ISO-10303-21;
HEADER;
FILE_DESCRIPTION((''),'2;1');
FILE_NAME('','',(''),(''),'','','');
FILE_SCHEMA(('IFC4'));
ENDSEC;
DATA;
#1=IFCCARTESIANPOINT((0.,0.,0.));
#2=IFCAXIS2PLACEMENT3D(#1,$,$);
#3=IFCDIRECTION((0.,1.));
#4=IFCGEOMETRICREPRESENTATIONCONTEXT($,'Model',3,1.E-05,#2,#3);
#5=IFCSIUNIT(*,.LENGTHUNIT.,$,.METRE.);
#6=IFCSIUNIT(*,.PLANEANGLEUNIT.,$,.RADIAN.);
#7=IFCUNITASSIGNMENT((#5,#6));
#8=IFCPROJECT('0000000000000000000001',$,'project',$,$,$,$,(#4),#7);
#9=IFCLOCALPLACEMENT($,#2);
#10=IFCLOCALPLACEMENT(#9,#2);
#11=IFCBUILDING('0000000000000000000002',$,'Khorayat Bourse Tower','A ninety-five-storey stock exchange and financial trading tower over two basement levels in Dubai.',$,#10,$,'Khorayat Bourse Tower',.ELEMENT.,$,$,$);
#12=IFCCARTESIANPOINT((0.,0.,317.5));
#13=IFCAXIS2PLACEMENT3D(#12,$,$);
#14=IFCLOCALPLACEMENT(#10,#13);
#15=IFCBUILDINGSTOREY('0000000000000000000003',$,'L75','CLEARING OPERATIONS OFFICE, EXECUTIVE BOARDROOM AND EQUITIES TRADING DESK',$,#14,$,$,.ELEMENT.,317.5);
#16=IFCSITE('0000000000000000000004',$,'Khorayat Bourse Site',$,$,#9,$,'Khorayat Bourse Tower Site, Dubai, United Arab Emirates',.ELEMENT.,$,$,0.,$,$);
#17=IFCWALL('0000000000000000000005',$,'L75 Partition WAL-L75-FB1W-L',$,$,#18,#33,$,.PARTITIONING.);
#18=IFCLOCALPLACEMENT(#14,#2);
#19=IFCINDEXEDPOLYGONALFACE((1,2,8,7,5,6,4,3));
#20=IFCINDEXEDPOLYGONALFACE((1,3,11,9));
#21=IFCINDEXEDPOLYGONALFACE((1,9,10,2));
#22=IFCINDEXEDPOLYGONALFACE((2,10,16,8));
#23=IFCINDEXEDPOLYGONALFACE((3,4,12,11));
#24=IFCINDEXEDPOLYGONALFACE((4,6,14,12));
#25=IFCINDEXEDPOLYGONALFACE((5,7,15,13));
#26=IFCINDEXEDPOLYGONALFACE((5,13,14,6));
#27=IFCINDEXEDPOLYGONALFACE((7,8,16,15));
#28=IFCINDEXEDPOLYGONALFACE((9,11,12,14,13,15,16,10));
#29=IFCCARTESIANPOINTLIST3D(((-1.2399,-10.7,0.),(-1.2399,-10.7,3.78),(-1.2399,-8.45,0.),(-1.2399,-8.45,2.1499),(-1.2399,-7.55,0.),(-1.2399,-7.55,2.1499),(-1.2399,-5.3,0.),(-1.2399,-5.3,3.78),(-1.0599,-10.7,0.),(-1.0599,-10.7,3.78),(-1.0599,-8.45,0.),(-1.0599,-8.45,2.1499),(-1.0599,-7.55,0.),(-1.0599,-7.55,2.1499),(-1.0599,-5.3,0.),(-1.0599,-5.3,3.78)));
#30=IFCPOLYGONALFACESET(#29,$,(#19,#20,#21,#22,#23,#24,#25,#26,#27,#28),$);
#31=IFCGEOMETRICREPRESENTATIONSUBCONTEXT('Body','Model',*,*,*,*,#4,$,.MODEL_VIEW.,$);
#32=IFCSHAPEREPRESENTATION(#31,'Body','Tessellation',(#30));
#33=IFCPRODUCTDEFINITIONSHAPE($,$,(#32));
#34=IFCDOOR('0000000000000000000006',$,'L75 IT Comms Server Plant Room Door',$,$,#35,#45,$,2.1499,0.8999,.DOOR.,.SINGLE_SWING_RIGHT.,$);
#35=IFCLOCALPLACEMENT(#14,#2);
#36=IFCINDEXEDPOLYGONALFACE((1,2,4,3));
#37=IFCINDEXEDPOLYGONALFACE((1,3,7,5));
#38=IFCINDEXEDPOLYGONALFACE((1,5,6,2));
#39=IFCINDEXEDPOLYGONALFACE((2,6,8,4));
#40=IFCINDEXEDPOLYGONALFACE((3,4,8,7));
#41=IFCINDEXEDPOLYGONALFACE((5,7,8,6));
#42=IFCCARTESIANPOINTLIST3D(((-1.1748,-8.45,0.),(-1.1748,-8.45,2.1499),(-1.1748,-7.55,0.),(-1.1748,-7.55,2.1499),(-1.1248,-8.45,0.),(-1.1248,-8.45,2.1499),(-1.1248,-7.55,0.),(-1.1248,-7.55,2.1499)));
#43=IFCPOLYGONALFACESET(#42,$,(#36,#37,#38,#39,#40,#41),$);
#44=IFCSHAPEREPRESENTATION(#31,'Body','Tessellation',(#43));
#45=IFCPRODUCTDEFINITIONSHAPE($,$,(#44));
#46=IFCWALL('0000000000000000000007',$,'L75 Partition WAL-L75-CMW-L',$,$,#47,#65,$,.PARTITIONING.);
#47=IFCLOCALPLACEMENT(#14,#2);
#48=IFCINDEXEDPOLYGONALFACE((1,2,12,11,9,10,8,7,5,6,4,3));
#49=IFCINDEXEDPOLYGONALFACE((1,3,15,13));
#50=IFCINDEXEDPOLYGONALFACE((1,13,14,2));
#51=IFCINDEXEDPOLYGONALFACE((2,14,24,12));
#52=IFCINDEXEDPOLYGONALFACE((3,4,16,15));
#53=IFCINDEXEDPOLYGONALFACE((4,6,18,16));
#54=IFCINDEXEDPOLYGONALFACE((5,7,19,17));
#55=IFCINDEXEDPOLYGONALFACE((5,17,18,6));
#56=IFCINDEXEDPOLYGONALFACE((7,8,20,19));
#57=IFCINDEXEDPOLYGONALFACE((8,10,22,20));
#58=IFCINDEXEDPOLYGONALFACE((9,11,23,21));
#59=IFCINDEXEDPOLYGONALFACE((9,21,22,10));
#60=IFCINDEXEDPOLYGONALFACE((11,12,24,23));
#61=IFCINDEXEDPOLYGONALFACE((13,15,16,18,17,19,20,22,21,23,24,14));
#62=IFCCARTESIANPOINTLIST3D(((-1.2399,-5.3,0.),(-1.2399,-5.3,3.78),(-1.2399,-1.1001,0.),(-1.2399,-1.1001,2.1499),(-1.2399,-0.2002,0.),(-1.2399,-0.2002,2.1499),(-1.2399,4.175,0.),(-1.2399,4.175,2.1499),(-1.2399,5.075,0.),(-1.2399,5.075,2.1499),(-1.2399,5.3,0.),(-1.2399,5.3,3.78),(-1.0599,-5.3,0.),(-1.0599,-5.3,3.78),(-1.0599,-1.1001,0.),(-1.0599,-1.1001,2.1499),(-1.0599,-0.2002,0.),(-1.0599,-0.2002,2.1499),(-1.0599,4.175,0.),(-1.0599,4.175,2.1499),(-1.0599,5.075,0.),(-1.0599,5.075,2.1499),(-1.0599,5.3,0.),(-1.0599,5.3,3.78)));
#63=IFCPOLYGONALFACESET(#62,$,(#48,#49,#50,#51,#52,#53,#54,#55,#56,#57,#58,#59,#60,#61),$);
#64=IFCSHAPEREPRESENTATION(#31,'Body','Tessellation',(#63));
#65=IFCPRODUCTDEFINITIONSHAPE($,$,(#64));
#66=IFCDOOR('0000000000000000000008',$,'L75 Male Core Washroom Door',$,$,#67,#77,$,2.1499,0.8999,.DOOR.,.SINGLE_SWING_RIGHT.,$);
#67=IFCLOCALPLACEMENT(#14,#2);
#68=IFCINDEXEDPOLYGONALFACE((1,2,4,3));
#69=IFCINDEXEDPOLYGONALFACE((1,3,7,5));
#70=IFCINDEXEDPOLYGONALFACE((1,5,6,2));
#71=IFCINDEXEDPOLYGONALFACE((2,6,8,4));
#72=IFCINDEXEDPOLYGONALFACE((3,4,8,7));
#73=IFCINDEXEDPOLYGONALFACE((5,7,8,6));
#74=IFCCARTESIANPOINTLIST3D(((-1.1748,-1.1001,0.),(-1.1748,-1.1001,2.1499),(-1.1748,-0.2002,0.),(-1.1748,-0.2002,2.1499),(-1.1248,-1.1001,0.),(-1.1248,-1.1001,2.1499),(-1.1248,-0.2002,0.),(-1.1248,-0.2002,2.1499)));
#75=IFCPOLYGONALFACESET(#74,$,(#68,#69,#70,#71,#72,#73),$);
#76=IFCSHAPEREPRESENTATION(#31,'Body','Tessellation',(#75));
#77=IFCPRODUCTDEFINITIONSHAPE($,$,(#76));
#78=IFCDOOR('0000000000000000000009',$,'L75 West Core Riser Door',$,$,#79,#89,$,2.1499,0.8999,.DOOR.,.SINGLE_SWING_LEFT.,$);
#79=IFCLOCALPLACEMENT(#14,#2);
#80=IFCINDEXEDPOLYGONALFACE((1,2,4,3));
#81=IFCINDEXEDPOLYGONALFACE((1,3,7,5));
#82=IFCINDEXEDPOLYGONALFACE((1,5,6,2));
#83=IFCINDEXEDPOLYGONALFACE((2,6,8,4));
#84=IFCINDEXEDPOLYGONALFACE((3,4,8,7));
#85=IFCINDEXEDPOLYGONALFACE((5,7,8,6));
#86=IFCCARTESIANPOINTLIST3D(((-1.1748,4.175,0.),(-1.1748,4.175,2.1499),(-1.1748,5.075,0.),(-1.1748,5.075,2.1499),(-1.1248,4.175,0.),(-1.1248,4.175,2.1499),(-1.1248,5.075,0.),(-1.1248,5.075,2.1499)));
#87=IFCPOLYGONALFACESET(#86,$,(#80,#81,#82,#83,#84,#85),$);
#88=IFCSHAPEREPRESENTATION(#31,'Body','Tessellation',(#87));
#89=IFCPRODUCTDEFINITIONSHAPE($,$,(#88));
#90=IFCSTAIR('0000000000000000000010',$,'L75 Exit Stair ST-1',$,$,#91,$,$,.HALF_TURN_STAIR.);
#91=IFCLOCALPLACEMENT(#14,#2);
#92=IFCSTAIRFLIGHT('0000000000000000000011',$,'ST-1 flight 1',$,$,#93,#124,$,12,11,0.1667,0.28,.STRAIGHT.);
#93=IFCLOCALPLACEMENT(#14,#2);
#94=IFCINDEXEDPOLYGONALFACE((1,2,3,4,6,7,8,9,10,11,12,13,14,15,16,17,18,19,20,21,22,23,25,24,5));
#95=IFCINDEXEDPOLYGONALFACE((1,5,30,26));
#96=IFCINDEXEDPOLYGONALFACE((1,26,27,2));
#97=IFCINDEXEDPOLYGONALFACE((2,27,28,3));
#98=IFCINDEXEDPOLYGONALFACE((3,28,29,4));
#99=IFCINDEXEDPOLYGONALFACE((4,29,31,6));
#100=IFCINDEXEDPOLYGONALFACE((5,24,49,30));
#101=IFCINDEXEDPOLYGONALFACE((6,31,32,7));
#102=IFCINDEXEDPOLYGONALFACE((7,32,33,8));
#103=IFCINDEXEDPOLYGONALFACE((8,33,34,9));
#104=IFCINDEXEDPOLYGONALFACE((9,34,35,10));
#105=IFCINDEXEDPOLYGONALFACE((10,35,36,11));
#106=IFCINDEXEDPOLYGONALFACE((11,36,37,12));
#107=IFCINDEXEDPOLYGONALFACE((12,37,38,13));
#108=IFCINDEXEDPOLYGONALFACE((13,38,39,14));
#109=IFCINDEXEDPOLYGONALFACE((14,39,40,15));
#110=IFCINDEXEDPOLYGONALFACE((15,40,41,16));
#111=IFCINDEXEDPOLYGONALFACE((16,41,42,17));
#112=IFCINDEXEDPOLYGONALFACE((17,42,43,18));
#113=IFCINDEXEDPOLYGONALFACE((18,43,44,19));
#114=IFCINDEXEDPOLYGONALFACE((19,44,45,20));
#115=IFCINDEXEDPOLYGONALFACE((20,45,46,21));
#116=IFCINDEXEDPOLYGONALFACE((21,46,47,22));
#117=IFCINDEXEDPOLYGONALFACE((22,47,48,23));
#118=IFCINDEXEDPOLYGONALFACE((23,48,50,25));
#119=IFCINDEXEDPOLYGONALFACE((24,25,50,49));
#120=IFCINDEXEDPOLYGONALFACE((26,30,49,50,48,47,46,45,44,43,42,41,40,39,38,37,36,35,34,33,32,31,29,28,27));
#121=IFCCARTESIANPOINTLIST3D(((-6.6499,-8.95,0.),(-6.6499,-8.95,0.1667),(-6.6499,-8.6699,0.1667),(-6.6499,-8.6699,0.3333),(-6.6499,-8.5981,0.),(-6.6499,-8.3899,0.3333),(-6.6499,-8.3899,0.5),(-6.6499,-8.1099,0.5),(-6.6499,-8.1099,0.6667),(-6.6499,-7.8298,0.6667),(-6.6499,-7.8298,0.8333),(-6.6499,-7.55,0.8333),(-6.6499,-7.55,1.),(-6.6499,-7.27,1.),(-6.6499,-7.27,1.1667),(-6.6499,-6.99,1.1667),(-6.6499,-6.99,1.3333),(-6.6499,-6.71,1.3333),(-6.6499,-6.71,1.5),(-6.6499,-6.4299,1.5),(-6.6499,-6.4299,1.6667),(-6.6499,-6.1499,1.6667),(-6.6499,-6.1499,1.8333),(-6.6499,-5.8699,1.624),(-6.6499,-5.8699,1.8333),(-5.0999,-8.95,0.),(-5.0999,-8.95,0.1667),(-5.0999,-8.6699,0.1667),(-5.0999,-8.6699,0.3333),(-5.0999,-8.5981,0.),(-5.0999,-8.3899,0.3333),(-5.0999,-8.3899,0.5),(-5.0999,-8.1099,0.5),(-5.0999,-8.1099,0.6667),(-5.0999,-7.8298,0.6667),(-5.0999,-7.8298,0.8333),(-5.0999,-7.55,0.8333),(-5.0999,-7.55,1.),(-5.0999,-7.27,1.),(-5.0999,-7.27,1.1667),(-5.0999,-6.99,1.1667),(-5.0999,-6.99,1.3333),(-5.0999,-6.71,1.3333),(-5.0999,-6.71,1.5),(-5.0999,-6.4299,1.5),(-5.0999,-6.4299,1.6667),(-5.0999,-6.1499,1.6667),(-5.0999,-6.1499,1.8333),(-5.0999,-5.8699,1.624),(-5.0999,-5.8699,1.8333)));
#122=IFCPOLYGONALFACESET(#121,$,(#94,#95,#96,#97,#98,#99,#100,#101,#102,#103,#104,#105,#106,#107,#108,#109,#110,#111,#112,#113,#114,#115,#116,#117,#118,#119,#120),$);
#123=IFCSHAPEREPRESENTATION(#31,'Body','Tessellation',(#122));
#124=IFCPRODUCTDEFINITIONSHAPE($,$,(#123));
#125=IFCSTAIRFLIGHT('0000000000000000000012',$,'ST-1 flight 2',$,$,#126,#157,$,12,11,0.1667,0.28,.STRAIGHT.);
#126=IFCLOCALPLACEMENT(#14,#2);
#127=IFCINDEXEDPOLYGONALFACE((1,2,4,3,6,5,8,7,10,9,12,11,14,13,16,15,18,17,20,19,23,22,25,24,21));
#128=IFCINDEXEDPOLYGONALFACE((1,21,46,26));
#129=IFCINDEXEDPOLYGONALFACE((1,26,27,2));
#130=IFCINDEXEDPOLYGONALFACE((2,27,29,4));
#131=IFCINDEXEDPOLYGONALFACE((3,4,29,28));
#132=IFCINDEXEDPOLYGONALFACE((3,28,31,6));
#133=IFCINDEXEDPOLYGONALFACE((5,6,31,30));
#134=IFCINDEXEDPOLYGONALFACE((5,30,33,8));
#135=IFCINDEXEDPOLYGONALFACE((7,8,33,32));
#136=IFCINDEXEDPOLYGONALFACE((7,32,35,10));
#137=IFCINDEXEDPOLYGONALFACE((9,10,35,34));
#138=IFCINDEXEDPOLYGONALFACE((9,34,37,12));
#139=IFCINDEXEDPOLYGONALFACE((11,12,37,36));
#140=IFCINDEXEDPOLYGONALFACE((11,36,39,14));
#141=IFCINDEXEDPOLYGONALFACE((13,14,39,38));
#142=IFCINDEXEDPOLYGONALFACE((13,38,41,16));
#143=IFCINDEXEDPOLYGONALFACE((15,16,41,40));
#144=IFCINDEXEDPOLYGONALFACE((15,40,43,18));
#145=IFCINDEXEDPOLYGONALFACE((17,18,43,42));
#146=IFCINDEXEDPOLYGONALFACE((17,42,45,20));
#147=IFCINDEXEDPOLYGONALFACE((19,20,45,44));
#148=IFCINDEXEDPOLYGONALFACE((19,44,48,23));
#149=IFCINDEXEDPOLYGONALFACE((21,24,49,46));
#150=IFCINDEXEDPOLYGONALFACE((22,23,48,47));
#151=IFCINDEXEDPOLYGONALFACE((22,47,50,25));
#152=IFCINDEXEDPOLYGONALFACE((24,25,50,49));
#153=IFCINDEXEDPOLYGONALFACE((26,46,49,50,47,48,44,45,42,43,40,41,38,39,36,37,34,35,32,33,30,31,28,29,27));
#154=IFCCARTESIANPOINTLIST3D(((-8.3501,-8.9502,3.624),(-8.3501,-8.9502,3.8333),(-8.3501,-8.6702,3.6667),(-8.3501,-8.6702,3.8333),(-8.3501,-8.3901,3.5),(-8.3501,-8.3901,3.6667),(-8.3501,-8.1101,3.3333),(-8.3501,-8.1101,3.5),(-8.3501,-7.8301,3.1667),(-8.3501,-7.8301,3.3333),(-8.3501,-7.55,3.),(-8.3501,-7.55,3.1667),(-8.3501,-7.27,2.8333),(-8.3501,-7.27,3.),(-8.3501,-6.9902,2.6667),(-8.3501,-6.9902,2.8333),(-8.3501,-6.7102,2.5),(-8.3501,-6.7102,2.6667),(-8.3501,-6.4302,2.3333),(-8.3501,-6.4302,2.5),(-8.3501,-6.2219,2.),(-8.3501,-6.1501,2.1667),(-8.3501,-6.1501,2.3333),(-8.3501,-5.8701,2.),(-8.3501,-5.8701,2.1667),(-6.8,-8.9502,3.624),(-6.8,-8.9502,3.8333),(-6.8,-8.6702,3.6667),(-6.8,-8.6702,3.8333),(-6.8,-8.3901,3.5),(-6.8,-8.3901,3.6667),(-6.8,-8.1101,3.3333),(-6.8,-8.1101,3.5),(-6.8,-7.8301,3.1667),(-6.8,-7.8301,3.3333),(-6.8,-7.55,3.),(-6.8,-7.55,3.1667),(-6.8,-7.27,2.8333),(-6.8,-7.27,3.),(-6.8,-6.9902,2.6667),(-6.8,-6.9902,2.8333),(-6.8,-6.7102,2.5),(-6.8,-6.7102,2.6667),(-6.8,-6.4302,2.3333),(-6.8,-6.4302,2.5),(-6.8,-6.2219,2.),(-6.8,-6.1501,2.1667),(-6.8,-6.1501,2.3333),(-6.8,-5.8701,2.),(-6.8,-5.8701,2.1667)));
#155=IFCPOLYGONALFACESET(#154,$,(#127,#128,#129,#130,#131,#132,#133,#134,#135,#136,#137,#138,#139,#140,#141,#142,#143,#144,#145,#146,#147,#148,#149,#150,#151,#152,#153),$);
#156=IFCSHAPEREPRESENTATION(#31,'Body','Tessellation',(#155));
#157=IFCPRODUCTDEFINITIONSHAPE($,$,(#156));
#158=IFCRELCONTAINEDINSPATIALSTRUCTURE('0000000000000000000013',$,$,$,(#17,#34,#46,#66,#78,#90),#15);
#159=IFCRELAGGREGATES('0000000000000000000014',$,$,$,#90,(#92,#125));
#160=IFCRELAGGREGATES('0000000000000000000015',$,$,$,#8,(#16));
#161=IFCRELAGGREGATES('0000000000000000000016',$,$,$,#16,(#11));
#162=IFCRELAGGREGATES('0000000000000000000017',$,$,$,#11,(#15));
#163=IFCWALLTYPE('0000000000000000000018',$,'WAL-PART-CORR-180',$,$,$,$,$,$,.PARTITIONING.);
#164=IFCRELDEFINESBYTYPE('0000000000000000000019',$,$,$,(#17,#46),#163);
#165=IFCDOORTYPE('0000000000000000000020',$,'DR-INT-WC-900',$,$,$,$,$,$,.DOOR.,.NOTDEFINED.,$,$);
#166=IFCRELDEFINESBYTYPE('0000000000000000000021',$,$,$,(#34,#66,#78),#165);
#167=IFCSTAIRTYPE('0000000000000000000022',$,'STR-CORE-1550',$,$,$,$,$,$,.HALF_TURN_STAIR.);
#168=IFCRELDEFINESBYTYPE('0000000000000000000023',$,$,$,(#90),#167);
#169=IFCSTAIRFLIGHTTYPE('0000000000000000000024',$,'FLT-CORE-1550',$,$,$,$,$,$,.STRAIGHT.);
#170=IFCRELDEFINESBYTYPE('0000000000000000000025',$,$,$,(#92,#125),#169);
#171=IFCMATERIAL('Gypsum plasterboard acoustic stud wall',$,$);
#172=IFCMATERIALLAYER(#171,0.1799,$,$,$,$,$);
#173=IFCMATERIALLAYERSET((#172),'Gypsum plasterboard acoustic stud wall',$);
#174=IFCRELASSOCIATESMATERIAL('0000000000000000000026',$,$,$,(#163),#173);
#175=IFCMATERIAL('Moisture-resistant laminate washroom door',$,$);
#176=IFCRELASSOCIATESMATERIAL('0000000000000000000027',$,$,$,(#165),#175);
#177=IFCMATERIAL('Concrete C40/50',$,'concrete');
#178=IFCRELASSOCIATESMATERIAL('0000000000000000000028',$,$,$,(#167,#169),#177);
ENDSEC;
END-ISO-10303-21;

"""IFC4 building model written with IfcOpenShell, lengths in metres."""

from ifc_helpers import new_model, si_unit, direction, frame, frame_2d, origin, place, context, subcontext, project, spatial, polyline, rectangle, outline, extrude, source, transform, mapped, material, layer, layer_set, type_object, element, fill, aggregate, save


model = new_model("IFC4")

# Units and contexts
model_context = context("Model", 3, precision=1e-05, world=origin(), true_north=direction((0.0, 1.0)))
body_context = subcontext(model_context, "Body", "Model", "MODEL_VIEW")
ifc_project = project(units=[si_unit("LENGTHUNIT", "METRE"), si_unit("PLANEANGLEUNIT", "RADIAN")], contexts=[model_context])

# Site, building, storey
site_placement = place(None, origin())
site = spatial("IfcSite", under=ifc_project, at=site_placement, Name="Khorayat Bourse Site", LongName="Khorayat Bourse Tower Site, Dubai, United Arab Emirates", CompositionType="ELEMENT", RefElevation=0.0)
building_placement = place(site_placement, origin())
building = spatial("IfcBuilding", under=site, at=building_placement, Name="Khorayat Bourse Tower", Description="A ninety-five-storey stock exchange and financial trading tower over two basement levels in Dubai.", LongName="Khorayat Bourse Tower", CompositionType="ELEMENT")
storey_placement = place(building_placement, frame((0.0, 0.0, 317.5)))
storey = spatial("IfcBuildingStorey", under=building, at=storey_placement, Name="L75", Description="CLEARING OPERATIONS OFFICE, EXECUTIVE BOARDROOM AND EQUITIES TRADING DESK", CompositionType="ELEMENT", Elevation=317.5)

# Shared definitions
ifc_material_1 = material(Name="Gypsum plasterboard acoustic stud wall")
ifc_layer_1 = layer(ifc_material_1, 0.1799)
ifc_layer_set_1 = layer_set([ifc_layer_1], Name="Gypsum plasterboard acoustic stud wall")
wall_type_1 = type_object("IfcWallType", Name="WAL-PART-CORR-180", PredefinedType="PARTITIONING", material=ifc_layer_set_1)

# Wall, opening, door
shared_shape_1 = source(origin(), body_context, "Body", "SweptSolid", [
    extrude(rectangle(XDim=5.3999, YDim=0.1799, at=frame_2d((2.7, 0.0))), origin(), (0.0, 0.0, 1.0), 3.78),
])
wall_1_placement = place(storey_placement, frame((-1.1499, -10.7, 0.0), z_axis=(0.0, 0.0, 1.0), x_axis=(0.0, 1.0, 0.0)))
wall_1 = element("IfcWall", 1, at=wall_1_placement, inside=storey, type_object=wall_type_1, Name="L75 Partition WAL-L75-FB1W-L", PredefinedType="PARTITIONING", context=body_context, shape_type="MappedRepresentation", body=[
    mapped(shared_shape_1, transform((0.0, 0.0, 0.0), scale=1.0)),
])
shared_shape_2 = source(origin(), body_context, "Body", "SweptSolid", [
    extrude(rectangle(XDim=0.8999, YDim=2.1499, at=frame_2d((0.45, 1.075))), frame((0.0, 0.0999, 0.0), z_axis=(0.0, -1.0, 0.0), x_axis=(1.0, 0.0, 0.0)), (0.0, 0.0, 1.0), 0.2),
])
opening_1_placement = place(wall_1_placement, frame((2.25, 0.0, 0.0)))
opening_1 = element("IfcOpeningElement", 2, at=opening_1_placement, cuts=wall_1, PredefinedType="OPENING", context=body_context, shape_type="MappedRepresentation", body=[
    mapped(shared_shape_2, transform((0.0, 0.0, 0.0), scale=1.0)),
])
ifc_material_2 = material(Name="Moisture-resistant laminate washroom door")
door_type_1 = type_object("IfcDoorType", Name="DR-INT-WC-900", OperationType="NOTDEFINED", PredefinedType="DOOR", material=ifc_material_2)
shared_shape_3 = source(origin(), body_context, "Body", "SweptSolid", [
    extrude(rectangle(XDim=0.8999, YDim=2.1499, at=frame_2d((0.45, 1.075))), frame((0.0, 0.0249, 0.0), z_axis=(0.0, -1.0, 0.0), x_axis=(1.0, 0.0, 0.0)), (0.0, 0.0, 1.0), 0.05),
])
door_1_placement = place(opening_1_placement, origin())
door_1 = element("IfcDoor", 3, at=door_1_placement, inside=storey, type_object=door_type_1, Name="L75 IT Comms Server Plant Room Door", OperationType="SINGLE_SWING_RIGHT", OverallHeight=2.1499, OverallWidth=0.8999, PredefinedType="DOOR", context=body_context, shape_type="MappedRepresentation", body=[
    mapped(shared_shape_3, transform((0.0, 0.0, 0.0), scale=1.0)),
])
fill(opening_1, door_1)

# Wall, openings, doors
shared_shape_4 = source(origin(), body_context, "Body", "SweptSolid", [
    extrude(rectangle(XDim=10.6001, YDim=0.1799, at=frame_2d((5.3, 0.0))), origin(), (0.0, 0.0, 1.0), 3.78),
])
wall_2_placement = place(storey_placement, frame((-1.1499, -5.3, 0.0), z_axis=(0.0, 0.0, 1.0), x_axis=(0.0, 1.0, 0.0)))
wall_2 = element("IfcWall", 4, at=wall_2_placement, inside=storey, type_object=wall_type_1, Name="L75 Partition WAL-L75-CMW-L", PredefinedType="PARTITIONING", context=body_context, shape_type="MappedRepresentation", body=[
    mapped(shared_shape_4, transform((0.0, 0.0, 0.0), scale=1.0)),
])
opening_2_placement = place(wall_2_placement, frame((4.2, 0.0, 0.0)))
opening_2 = element("IfcOpeningElement", 5, at=opening_2_placement, cuts=wall_2, PredefinedType="OPENING", context=body_context, shape_type="MappedRepresentation", body=[
    mapped(shared_shape_2, transform((0.0, 0.0, 0.0), scale=1.0)),
])
opening_3_placement = place(wall_2_placement, frame((9.4751, 0.0, 0.0)))
opening_3 = element("IfcOpeningElement", 6, at=opening_3_placement, cuts=wall_2, PredefinedType="OPENING", context=body_context, shape_type="MappedRepresentation", body=[
    mapped(shared_shape_2, transform((0.0, 0.0, 0.0), scale=1.0)),
])
door_2_placement = place(opening_2_placement, origin())
door_2 = element("IfcDoor", 7, at=door_2_placement, inside=storey, type_object=door_type_1, Name="L75 Male Core Washroom Door", OperationType="SINGLE_SWING_RIGHT", OverallHeight=2.1499, OverallWidth=0.8999, PredefinedType="DOOR", context=body_context, shape_type="MappedRepresentation", body=[
    mapped(shared_shape_3, transform((0.0, 0.0, 0.0), scale=1.0)),
])
fill(opening_2, door_2)
door_3_placement = place(opening_3_placement, origin())
door_3 = element("IfcDoor", 8, at=door_3_placement, inside=storey, type_object=door_type_1, Name="L75 West Core Riser Door", OperationType="SINGLE_SWING_LEFT", OverallHeight=2.1499, OverallWidth=0.8999, PredefinedType="DOOR", context=body_context, shape_type="MappedRepresentation", body=[
    mapped(shared_shape_3, transform((0.0, 0.0, 0.0), scale=1.0)),
])
fill(opening_3, door_3)

# Stair, stair flights
ifc_material_3 = material(Name="Concrete C40/50", Category="concrete")
stair_type = type_object("IfcStairType", Name="STR-CORE-1550", PredefinedType="HALF_TURN_STAIR", material=ifc_material_3)
stair_placement = place(storey_placement, origin())
stair = element("IfcStair", 9, at=stair_placement, inside=storey, type_object=stair_type, Name="L75 Exit Stair ST-1", PredefinedType="HALF_TURN_STAIR")
stair_flight_type = type_object("IfcStairFlightType", Name="FLT-CORE-1550", PredefinedType="STRAIGHT", material=ifc_material_3)
shared_shape_5 = source(origin(), body_context, "Body", "SweptSolid", [
    extrude(outline(polyline([(0.0, 0.0), (0.0, 0.1667), (0.28, 0.1667), (0.28, 0.3333), (0.5601, 0.3333), (0.5601, 0.5), (0.8401, 0.5), (0.8401, 0.6667), (1.1201, 0.6667), (1.1201, 0.8333), (1.3999, 0.8333), (1.3999, 1.0), (1.6799, 1.0), (1.6799, 1.1667), (1.96, 1.1667), (1.96, 1.3333), (2.24, 1.3333), (2.24, 1.5), (2.52, 1.5), (2.52, 1.6667), (2.8, 1.6667), (2.8, 1.8333), (3.0801, 1.8333), (3.0801, 2.0), (3.0801, 1.624), (0.3518, 0.0), (0.0, 0.0)])), frame((0.0, 0.7749, 0.0), z_axis=(0.0, -1.0, 0.0), x_axis=(1.0, 0.0, 0.0)), (0.0, 0.0, 1.0), 1.55),
])
stair_flight_1_placement = place(storey_placement, frame((-5.875, -8.95, 0.0), z_axis=(0.0, 0.0, 1.0), x_axis=(0.0, 1.0, 0.0)))
stair_flight_1 = element("IfcStairFlight", 10, at=stair_flight_1_placement, type_object=stair_flight_type, Name="ST-1 flight 1", NumberOfRisers=12, NumberOfTreads=11, PredefinedType="STRAIGHT", RiserHeight=0.1667, TreadLength=0.28, context=body_context, shape_type="MappedRepresentation", body=[
    mapped(shared_shape_5, transform((0.0, 0.0, 0.0), scale=1.0)),
])
stair_flight_2_placement = place(storey_placement, frame((-7.575, -5.8701, 2.0), z_axis=(0.0, 0.0, 1.0), x_axis=(0.0, -1.0, 0.0)))
stair_flight_2 = element("IfcStairFlight", 11, at=stair_flight_2_placement, type_object=stair_flight_type, Name="ST-1 flight 2", NumberOfRisers=12, NumberOfTreads=11, PredefinedType="STRAIGHT", RiserHeight=0.1667, TreadLength=0.28, context=body_context, shape_type="MappedRepresentation", body=[
    mapped(shared_shape_5, transform((0.0, 0.0, 0.0), scale=1.0)),
])
aggregate(stair, [stair_flight_1, stair_flight_2])

save(model, "model.ifc")
